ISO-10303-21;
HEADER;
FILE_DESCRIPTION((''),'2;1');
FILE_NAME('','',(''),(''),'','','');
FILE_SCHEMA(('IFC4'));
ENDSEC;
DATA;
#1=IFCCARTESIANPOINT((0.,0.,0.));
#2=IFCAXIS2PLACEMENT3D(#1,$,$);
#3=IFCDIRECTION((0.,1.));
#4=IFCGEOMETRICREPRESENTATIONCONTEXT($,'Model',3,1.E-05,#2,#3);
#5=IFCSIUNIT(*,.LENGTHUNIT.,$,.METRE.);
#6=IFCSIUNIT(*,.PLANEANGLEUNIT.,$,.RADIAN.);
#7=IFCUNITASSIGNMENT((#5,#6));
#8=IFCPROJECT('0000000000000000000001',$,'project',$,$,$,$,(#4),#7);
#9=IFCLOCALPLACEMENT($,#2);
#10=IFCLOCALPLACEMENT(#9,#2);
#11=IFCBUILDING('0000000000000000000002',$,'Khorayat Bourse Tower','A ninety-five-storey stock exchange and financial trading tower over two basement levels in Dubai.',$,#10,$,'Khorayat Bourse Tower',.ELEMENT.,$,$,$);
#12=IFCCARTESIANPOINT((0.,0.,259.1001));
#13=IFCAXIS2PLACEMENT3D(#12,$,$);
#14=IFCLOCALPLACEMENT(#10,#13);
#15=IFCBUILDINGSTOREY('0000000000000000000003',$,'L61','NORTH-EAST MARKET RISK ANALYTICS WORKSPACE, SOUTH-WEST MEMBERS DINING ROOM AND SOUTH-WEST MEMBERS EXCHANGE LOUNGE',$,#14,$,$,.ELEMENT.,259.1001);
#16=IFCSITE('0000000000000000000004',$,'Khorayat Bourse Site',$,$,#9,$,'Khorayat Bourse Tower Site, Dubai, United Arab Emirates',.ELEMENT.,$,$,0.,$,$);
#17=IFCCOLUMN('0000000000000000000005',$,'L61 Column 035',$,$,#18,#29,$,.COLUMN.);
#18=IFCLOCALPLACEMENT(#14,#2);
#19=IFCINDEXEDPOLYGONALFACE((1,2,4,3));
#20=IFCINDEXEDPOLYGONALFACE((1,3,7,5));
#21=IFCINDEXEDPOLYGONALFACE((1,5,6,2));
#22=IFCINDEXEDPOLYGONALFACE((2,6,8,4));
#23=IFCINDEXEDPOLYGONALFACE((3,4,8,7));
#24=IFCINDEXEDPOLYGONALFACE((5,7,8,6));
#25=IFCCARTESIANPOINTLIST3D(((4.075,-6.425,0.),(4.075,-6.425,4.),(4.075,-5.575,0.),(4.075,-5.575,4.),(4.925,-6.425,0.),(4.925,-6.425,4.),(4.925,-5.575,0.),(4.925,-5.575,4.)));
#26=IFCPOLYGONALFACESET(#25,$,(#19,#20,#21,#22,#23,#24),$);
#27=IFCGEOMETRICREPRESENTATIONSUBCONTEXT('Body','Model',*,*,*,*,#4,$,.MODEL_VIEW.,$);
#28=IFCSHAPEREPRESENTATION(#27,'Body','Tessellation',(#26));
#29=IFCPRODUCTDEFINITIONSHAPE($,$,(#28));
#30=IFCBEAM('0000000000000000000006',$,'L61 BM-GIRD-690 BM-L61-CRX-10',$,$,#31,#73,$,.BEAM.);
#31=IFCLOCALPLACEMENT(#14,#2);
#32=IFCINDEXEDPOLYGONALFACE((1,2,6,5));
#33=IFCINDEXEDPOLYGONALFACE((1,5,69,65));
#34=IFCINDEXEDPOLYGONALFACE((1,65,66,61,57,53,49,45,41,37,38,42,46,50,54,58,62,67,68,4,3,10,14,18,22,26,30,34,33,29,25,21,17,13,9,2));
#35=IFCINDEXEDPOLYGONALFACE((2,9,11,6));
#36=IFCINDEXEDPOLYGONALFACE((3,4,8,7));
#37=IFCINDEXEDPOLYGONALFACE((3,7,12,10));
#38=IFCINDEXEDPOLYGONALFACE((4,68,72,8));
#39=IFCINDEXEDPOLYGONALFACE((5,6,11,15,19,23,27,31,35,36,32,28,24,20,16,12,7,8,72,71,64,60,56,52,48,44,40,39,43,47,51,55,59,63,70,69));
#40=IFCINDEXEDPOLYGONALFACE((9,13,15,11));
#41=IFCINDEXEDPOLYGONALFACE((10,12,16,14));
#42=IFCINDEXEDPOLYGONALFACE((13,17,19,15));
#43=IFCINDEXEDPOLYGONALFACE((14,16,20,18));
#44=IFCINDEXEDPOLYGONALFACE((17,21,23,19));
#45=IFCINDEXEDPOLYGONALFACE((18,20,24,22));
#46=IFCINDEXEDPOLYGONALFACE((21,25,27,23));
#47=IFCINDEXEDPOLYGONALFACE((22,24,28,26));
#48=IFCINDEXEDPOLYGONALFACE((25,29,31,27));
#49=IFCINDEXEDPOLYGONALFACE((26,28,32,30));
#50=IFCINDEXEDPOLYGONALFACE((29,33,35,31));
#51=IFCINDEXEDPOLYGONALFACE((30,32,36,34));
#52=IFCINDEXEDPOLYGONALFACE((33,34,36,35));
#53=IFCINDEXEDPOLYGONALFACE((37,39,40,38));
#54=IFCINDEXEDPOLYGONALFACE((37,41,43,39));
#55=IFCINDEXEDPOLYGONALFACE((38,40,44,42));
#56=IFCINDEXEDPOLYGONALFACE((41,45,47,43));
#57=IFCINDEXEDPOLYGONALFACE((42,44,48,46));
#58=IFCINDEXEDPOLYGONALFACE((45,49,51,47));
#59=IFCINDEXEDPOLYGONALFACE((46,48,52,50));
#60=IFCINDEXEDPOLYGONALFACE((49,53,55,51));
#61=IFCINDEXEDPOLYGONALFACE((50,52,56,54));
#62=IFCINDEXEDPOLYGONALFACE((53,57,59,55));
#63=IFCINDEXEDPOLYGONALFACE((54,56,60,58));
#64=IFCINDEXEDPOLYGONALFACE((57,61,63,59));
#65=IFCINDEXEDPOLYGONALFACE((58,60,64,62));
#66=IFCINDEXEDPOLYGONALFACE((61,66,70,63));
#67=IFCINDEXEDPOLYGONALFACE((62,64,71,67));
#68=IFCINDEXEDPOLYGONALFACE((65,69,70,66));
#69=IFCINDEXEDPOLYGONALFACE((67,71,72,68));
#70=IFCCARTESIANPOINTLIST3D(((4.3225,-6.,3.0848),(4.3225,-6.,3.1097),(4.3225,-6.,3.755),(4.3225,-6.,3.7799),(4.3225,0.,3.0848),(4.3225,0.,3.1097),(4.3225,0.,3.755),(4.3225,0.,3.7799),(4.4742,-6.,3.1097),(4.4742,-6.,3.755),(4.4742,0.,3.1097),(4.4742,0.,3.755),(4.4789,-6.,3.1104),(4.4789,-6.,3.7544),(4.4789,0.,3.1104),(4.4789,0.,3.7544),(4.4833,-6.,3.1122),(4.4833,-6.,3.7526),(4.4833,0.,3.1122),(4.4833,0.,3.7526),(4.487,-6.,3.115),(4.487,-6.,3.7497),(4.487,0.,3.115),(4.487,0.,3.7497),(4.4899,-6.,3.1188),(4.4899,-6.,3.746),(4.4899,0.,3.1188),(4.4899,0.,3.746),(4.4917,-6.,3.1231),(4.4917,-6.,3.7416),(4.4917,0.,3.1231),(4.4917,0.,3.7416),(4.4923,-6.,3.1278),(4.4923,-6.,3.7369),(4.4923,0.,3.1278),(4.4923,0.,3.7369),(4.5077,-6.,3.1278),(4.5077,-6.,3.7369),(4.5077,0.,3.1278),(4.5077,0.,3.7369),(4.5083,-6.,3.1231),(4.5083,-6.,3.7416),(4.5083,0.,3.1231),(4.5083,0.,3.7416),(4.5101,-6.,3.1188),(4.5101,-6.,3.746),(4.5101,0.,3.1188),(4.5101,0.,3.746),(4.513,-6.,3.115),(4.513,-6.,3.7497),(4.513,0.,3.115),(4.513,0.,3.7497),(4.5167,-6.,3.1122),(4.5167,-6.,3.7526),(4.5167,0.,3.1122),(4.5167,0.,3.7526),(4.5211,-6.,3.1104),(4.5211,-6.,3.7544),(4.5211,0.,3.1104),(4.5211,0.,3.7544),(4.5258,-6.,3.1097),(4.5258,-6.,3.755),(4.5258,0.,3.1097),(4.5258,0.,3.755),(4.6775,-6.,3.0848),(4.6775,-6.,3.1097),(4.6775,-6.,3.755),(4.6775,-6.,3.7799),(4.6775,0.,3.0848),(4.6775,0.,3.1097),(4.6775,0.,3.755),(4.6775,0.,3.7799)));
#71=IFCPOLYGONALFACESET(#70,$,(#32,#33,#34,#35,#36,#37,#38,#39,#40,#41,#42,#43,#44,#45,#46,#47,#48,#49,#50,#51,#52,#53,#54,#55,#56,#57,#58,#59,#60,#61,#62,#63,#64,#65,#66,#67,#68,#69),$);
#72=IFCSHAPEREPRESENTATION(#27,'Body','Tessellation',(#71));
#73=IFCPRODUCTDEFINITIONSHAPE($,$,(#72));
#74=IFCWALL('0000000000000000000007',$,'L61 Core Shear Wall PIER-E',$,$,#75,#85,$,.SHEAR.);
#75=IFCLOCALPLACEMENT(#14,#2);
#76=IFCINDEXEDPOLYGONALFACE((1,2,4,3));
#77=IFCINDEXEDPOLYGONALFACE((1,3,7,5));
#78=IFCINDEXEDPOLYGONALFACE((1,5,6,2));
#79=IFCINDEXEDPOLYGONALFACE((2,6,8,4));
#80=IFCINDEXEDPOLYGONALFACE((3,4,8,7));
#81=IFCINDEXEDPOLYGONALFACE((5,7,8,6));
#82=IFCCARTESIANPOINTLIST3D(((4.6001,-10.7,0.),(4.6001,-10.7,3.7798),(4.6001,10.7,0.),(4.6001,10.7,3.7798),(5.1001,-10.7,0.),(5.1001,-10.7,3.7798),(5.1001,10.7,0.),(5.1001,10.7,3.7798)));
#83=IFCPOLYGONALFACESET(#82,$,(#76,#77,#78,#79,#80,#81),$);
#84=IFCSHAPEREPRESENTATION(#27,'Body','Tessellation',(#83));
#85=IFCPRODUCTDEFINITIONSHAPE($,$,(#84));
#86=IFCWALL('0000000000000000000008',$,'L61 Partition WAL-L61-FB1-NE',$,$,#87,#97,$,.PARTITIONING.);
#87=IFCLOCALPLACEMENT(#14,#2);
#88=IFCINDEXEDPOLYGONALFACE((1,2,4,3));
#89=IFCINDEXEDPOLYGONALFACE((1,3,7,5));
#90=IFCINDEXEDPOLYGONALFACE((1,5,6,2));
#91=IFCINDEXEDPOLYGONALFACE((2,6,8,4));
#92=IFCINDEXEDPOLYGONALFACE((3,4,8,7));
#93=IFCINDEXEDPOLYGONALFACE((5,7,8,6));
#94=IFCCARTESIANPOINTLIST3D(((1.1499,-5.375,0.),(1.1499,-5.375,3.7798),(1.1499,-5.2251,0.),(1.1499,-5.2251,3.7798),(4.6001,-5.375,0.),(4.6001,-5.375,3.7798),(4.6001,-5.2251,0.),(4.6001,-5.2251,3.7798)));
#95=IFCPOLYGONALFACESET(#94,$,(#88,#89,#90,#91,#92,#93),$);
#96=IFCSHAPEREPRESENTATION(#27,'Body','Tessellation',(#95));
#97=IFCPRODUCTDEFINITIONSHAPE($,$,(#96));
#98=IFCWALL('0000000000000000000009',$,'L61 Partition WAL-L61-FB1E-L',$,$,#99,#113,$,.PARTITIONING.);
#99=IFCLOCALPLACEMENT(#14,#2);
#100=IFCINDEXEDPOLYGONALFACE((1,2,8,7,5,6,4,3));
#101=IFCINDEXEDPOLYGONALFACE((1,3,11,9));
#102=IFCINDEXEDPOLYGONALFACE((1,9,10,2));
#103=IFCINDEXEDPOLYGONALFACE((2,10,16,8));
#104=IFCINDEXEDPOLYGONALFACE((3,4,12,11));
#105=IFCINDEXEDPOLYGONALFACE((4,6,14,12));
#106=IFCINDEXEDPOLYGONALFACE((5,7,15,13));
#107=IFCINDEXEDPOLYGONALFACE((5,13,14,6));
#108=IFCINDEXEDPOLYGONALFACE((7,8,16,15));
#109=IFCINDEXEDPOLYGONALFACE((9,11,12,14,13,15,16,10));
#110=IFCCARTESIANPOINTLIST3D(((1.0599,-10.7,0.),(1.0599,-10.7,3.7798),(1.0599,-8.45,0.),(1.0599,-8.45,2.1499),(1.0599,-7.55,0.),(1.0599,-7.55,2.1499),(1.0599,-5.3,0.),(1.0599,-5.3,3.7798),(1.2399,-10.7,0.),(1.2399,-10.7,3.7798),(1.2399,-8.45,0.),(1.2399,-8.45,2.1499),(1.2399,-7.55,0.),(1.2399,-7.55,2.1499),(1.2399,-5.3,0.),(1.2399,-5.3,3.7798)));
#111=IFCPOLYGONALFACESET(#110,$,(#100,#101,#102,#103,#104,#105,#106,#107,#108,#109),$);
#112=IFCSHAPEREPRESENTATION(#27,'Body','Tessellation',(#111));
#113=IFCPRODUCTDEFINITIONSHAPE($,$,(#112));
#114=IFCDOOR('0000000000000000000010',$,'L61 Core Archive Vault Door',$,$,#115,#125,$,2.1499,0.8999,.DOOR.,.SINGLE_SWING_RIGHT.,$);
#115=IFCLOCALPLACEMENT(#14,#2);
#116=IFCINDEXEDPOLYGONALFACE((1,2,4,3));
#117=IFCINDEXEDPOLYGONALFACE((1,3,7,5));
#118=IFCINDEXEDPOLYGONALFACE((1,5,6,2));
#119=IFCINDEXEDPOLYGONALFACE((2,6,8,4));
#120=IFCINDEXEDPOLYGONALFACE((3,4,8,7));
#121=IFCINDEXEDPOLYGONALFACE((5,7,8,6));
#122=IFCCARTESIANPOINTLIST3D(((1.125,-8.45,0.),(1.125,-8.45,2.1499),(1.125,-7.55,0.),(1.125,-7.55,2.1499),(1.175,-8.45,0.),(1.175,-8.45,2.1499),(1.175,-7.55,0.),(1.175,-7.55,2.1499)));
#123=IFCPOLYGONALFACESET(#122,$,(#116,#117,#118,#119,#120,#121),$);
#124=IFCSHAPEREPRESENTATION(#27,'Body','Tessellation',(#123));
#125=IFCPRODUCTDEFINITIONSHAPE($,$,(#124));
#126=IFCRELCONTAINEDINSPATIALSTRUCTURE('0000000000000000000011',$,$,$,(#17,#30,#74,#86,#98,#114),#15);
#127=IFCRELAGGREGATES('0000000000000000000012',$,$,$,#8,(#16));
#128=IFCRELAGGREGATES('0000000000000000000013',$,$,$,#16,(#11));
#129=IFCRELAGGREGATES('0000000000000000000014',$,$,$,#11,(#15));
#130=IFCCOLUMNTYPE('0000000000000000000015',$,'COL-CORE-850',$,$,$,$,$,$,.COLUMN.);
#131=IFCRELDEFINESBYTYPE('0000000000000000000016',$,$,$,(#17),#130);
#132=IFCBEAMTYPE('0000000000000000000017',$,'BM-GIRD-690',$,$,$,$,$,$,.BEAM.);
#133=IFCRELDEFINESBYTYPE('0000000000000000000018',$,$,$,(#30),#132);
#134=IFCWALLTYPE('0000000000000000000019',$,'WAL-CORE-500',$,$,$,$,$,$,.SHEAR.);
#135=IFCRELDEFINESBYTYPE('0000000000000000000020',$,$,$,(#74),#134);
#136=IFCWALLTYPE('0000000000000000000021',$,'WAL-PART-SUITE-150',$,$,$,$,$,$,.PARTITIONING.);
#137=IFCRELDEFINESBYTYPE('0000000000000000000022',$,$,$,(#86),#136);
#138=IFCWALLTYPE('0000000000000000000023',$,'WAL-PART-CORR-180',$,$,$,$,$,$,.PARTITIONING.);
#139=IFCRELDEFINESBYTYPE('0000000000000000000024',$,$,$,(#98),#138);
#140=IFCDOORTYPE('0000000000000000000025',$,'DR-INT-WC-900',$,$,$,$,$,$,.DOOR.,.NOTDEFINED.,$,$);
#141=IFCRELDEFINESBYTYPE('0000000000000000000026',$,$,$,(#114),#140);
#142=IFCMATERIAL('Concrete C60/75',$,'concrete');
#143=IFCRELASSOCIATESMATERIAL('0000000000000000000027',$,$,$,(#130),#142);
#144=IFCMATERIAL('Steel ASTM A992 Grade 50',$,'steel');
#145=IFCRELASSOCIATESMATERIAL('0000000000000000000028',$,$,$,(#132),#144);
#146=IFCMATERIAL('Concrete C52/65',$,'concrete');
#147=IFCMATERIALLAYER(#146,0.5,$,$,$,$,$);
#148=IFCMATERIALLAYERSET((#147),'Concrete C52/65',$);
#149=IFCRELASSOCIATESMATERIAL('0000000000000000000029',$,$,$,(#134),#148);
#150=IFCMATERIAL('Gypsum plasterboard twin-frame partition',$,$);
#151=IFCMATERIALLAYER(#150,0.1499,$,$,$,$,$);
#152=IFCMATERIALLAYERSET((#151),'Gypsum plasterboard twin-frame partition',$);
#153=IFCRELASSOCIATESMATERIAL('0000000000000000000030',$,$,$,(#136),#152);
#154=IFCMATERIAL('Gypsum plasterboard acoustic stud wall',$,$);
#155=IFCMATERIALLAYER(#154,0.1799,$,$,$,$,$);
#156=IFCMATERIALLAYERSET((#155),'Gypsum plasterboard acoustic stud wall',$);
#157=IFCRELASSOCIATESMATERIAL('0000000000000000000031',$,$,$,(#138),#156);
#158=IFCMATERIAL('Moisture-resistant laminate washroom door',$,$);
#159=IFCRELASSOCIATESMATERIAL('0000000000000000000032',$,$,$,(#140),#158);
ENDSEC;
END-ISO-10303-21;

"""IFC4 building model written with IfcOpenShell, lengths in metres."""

from ifc_helpers import new_model, si_unit, direction, frame, frame_2d, origin, origin_2d, place, context, subcontext, project, spatial, rectangle, i_section, extrude, source, transform, mapped, material, layer, layer_set, material_profile, profile_set, type_object, element, fill, save


model = new_model("IFC4")

# Units and contexts
model_context = context("Model", 3, precision=1e-05, world=origin(), true_north=direction((0.0, 1.0)))
body_context = subcontext(model_context, "Body", "Model", "MODEL_VIEW")
ifc_project = project(units=[si_unit("LENGTHUNIT", "METRE"), si_unit("PLANEANGLEUNIT", "RADIAN")], contexts=[model_context])

# Site, building, storey
site_placement = place(None, origin())
site = spatial("IfcSite", under=ifc_project, at=site_placement, Name="Khorayat Bourse Site", LongName="Khorayat Bourse Tower Site, Dubai, United Arab Emirates", CompositionType="ELEMENT", RefElevation=0.0)
building_placement = place(site_placement, origin())
building = spatial("IfcBuilding", under=site, at=building_placement, Name="Khorayat Bourse Tower", Description="A ninety-five-storey stock exchange and financial trading tower over two basement levels in Dubai.", LongName="Khorayat Bourse Tower", CompositionType="ELEMENT")
storey_placement = place(building_placement, frame((0.0, 0.0, 259.1001)))
storey = spatial("IfcBuildingStorey", under=building, at=storey_placement, Name="L61", Description="NORTH-EAST MARKET RISK ANALYTICS WORKSPACE, SOUTH-WEST MEMBERS DINING ROOM AND SOUTH-WEST MEMBERS EXCHANGE LOUNGE", CompositionType="ELEMENT", Elevation=259.1001)

# Column
ifc_material_1 = material(Name="Concrete C60/75", Category="concrete")
ifc_material_profile_1 = material_profile(ifc_material_1, rectangle(XDim=0.8501, YDim=0.8501, at=origin_2d()), Name="RC 850x850")
ifc_profile_set_1 = profile_set([ifc_material_profile_1], Name="Concrete C60/75")
column_type = type_object("IfcColumnType", Name="COL-CORE-850", PredefinedType="COLUMN", material=ifc_profile_set_1)
shared_shape_1 = source(origin(), body_context, "Body", "SweptSolid", [
    extrude(rectangle(XDim=0.8501, YDim=0.8501, at=origin_2d()), origin(), (0.0, 0.0, 1.0), 4.0),
])
column_placement = place(storey_placement, frame((4.5, -6.0, 0.0), z_axis=(0.0, 0.0, 1.0), x_axis=(1.0, 0.0, 0.0)))
element("IfcColumn", 1, at=column_placement, inside=storey, type_object=column_type, Name="L61 Column 035", PredefinedType="COLUMN", context=body_context, shape_type="MappedRepresentation", body=[
    mapped(shared_shape_1, transform((0.0, 0.0, 0.0), scale=1.0)),
])

# Beam
ifc_material_2 = material(Name="Steel ASTM A992 Grade 50", Category="steel")
ifc_material_profile_2 = material_profile(ifc_material_2, i_section(OverallWidth=0.355, OverallDepth=0.6951, WebThickness=0.0154, FlangeThickness=0.0249, FilletRadius=0.0181, at=origin_2d()), Name="W690X217")
ifc_profile_set_2 = profile_set([ifc_material_profile_2], Name="Steel ASTM A992 Grade 50")
beam_type = type_object("IfcBeamType", Name="BM-GIRD-690", PredefinedType="BEAM", material=ifc_profile_set_2)
shared_shape_2 = source(origin(), body_context, "Body", "SweptSolid", [
    extrude(i_section(OverallWidth=0.355, OverallDepth=0.6951, WebThickness=0.0154, FlangeThickness=0.0249, FilletRadius=0.0181, at=origin_2d()), origin(), (0.0, 0.0, 1.0), 6.0),
])
beam_placement = place(storey_placement, frame((4.5, -6.0, 3.4324), z_axis=(0.0, 1.0, 0.0), x_axis=(-1.0, 0.0, 0.0)))
element("IfcBeam", 2, at=beam_placement, inside=storey, type_object=beam_type, Name="L61 BM-GIRD-690 BM-L61-CRX-10", PredefinedType="BEAM", context=body_context, shape_type="MappedRepresentation", body=[
    mapped(shared_shape_2, transform((0.0, 0.0, 0.0), scale=1.0)),
])

# Walls
ifc_material_3 = material(Name="Concrete C52/65", Category="concrete")
ifc_layer_1 = layer(ifc_material_3, 0.5)
ifc_layer_set_1 = layer_set([ifc_layer_1], Name="Concrete C52/65")
wall_type_1 = type_object("IfcWallType", Name="WAL-CORE-500", PredefinedType="SHEAR", material=ifc_layer_set_1)
shared_shape_3 = source(origin(), body_context, "Body", "SweptSolid", [
    extrude(rectangle(XDim=21.3999, YDim=0.5, at=frame_2d((10.7, 0.0))), origin(), (0.0, 0.0, 1.0), 3.7798),
])
wall_1_placement = place(storey_placement, frame((4.8501, -10.7, 0.0), z_axis=(0.0, 0.0, 1.0), x_axis=(0.0, 1.0, 0.0)))
element("IfcWall", 3, at=wall_1_placement, inside=storey, type_object=wall_type_1, Name="L61 Core Shear Wall PIER-E", PredefinedType="SHEAR", context=body_context, shape_type="MappedRepresentation", body=[
    mapped(shared_shape_3, transform((0.0, 0.0, 0.0), scale=1.0)),
])
ifc_material_4 = material(Name="Gypsum plasterboard twin-frame partition")
ifc_layer_2 = layer(ifc_material_4, 0.1499)
ifc_layer_set_2 = layer_set([ifc_layer_2], Name="Gypsum plasterboard twin-frame partition")
wall_type_2 = type_object("IfcWallType", Name="WAL-PART-SUITE-150", PredefinedType="PARTITIONING", material=ifc_layer_set_2)
shared_shape_4 = source(origin(), body_context, "Body", "SweptSolid", [
    extrude(rectangle(XDim=3.4502, YDim=0.1499, at=frame_2d((1.7251, 0.0))), origin(), (0.0, 0.0, 1.0), 3.7798),
])
wall_2_placement = place(storey_placement, frame((1.1499, -5.3, 0.0), z_axis=(0.0, 0.0, 1.0), x_axis=(1.0, 0.0, 0.0)))
element("IfcWall", 4, at=wall_2_placement, inside=storey, type_object=wall_type_2, Name="L61 Partition WAL-L61-FB1-NE", PredefinedType="PARTITIONING", context=body_context, shape_type="MappedRepresentation", body=[
    mapped(shared_shape_4, transform((0.0, 0.0, 0.0), scale=1.0)),
])

# Shared definitions
ifc_material_5 = material(Name="Gypsum plasterboard acoustic stud wall")
ifc_layer_3 = layer(ifc_material_5, 0.1799)
ifc_layer_set_3 = layer_set([ifc_layer_3], Name="Gypsum plasterboard acoustic stud wall")
wall_type_3 = type_object("IfcWallType", Name="WAL-PART-CORR-180", PredefinedType="PARTITIONING", material=ifc_layer_set_3)
shared_shape_5 = source(origin(), body_context, "Body", "SweptSolid", [
    extrude(rectangle(XDim=5.3999, YDim=0.1799, at=frame_2d((2.7, 0.0))), origin(), (0.0, 0.0, 1.0), 3.7798),
])
shared_shape_6 = source(origin(), body_context, "Body", "SweptSolid", [
    extrude(rectangle(XDim=0.8999, YDim=2.1499, at=frame_2d((0.45, 1.075))), frame((0.0, 0.0999, 0.0), z_axis=(0.0, -1.0, 0.0), x_axis=(1.0, 0.0, 0.0)), (0.0, 0.0, 1.0), 0.2),
])
ifc_material_6 = material(Name="Moisture-resistant laminate washroom door")
door_type = type_object("IfcDoorType", Name="DR-INT-WC-900", OperationType="NOTDEFINED", PredefinedType="DOOR", material=ifc_material_6)
shared_shape_7 = source(origin(), body_context, "Body", "SweptSolid", [
    extrude(rectangle(XDim=0.8999, YDim=2.1499, at=frame_2d((0.45, 1.075))), frame((0.0, 0.0249, 0.0), z_axis=(0.0, -1.0, 0.0), x_axis=(1.0, 0.0, 0.0)), (0.0, 0.0, 1.0), 0.05),
])

# Wall, opening, door
wall_3_placement = place(storey_placement, frame((1.1499, -10.7, 0.0), z_axis=(0.0, 0.0, 1.0), x_axis=(0.0, 1.0, 0.0)))
wall_3 = element("IfcWall", 5, at=wall_3_placement, inside=storey, type_object=wall_type_3, Name="L61 Partition WAL-L61-FB1E-L", PredefinedType="PARTITIONING", context=body_context, shape_type="MappedRepresentation", body=[
    mapped(shared_shape_5, transform((0.0, 0.0, 0.0), scale=1.0)),
])
opening_1_placement = place(wall_3_placement, frame((2.25, 0.0, 0.0)))
opening_1 = element("IfcOpeningElement", 6, at=opening_1_placement, cuts=wall_3, PredefinedType="OPENING", context=body_context, shape_type="MappedRepresentation", body=[
    mapped(shared_shape_6, transform((0.0, 0.0, 0.0), scale=1.0)),
])
door_1_placement = place(opening_1_placement, origin())
door_1 = element("IfcDoor", 7, at=door_1_placement, inside=storey, type_object=door_type, Name="L61 Core Archive Vault Door", OperationType="SINGLE_SWING_RIGHT", OverallHeight=2.1499, OverallWidth=0.8999, PredefinedType="DOOR", context=body_context, shape_type="MappedRepresentation", body=[
    mapped(shared_shape_7, transform((0.0, 0.0, 0.0), scale=1.0)),
])
fill(opening_1, door_1)

save(model, "model.ifc")
